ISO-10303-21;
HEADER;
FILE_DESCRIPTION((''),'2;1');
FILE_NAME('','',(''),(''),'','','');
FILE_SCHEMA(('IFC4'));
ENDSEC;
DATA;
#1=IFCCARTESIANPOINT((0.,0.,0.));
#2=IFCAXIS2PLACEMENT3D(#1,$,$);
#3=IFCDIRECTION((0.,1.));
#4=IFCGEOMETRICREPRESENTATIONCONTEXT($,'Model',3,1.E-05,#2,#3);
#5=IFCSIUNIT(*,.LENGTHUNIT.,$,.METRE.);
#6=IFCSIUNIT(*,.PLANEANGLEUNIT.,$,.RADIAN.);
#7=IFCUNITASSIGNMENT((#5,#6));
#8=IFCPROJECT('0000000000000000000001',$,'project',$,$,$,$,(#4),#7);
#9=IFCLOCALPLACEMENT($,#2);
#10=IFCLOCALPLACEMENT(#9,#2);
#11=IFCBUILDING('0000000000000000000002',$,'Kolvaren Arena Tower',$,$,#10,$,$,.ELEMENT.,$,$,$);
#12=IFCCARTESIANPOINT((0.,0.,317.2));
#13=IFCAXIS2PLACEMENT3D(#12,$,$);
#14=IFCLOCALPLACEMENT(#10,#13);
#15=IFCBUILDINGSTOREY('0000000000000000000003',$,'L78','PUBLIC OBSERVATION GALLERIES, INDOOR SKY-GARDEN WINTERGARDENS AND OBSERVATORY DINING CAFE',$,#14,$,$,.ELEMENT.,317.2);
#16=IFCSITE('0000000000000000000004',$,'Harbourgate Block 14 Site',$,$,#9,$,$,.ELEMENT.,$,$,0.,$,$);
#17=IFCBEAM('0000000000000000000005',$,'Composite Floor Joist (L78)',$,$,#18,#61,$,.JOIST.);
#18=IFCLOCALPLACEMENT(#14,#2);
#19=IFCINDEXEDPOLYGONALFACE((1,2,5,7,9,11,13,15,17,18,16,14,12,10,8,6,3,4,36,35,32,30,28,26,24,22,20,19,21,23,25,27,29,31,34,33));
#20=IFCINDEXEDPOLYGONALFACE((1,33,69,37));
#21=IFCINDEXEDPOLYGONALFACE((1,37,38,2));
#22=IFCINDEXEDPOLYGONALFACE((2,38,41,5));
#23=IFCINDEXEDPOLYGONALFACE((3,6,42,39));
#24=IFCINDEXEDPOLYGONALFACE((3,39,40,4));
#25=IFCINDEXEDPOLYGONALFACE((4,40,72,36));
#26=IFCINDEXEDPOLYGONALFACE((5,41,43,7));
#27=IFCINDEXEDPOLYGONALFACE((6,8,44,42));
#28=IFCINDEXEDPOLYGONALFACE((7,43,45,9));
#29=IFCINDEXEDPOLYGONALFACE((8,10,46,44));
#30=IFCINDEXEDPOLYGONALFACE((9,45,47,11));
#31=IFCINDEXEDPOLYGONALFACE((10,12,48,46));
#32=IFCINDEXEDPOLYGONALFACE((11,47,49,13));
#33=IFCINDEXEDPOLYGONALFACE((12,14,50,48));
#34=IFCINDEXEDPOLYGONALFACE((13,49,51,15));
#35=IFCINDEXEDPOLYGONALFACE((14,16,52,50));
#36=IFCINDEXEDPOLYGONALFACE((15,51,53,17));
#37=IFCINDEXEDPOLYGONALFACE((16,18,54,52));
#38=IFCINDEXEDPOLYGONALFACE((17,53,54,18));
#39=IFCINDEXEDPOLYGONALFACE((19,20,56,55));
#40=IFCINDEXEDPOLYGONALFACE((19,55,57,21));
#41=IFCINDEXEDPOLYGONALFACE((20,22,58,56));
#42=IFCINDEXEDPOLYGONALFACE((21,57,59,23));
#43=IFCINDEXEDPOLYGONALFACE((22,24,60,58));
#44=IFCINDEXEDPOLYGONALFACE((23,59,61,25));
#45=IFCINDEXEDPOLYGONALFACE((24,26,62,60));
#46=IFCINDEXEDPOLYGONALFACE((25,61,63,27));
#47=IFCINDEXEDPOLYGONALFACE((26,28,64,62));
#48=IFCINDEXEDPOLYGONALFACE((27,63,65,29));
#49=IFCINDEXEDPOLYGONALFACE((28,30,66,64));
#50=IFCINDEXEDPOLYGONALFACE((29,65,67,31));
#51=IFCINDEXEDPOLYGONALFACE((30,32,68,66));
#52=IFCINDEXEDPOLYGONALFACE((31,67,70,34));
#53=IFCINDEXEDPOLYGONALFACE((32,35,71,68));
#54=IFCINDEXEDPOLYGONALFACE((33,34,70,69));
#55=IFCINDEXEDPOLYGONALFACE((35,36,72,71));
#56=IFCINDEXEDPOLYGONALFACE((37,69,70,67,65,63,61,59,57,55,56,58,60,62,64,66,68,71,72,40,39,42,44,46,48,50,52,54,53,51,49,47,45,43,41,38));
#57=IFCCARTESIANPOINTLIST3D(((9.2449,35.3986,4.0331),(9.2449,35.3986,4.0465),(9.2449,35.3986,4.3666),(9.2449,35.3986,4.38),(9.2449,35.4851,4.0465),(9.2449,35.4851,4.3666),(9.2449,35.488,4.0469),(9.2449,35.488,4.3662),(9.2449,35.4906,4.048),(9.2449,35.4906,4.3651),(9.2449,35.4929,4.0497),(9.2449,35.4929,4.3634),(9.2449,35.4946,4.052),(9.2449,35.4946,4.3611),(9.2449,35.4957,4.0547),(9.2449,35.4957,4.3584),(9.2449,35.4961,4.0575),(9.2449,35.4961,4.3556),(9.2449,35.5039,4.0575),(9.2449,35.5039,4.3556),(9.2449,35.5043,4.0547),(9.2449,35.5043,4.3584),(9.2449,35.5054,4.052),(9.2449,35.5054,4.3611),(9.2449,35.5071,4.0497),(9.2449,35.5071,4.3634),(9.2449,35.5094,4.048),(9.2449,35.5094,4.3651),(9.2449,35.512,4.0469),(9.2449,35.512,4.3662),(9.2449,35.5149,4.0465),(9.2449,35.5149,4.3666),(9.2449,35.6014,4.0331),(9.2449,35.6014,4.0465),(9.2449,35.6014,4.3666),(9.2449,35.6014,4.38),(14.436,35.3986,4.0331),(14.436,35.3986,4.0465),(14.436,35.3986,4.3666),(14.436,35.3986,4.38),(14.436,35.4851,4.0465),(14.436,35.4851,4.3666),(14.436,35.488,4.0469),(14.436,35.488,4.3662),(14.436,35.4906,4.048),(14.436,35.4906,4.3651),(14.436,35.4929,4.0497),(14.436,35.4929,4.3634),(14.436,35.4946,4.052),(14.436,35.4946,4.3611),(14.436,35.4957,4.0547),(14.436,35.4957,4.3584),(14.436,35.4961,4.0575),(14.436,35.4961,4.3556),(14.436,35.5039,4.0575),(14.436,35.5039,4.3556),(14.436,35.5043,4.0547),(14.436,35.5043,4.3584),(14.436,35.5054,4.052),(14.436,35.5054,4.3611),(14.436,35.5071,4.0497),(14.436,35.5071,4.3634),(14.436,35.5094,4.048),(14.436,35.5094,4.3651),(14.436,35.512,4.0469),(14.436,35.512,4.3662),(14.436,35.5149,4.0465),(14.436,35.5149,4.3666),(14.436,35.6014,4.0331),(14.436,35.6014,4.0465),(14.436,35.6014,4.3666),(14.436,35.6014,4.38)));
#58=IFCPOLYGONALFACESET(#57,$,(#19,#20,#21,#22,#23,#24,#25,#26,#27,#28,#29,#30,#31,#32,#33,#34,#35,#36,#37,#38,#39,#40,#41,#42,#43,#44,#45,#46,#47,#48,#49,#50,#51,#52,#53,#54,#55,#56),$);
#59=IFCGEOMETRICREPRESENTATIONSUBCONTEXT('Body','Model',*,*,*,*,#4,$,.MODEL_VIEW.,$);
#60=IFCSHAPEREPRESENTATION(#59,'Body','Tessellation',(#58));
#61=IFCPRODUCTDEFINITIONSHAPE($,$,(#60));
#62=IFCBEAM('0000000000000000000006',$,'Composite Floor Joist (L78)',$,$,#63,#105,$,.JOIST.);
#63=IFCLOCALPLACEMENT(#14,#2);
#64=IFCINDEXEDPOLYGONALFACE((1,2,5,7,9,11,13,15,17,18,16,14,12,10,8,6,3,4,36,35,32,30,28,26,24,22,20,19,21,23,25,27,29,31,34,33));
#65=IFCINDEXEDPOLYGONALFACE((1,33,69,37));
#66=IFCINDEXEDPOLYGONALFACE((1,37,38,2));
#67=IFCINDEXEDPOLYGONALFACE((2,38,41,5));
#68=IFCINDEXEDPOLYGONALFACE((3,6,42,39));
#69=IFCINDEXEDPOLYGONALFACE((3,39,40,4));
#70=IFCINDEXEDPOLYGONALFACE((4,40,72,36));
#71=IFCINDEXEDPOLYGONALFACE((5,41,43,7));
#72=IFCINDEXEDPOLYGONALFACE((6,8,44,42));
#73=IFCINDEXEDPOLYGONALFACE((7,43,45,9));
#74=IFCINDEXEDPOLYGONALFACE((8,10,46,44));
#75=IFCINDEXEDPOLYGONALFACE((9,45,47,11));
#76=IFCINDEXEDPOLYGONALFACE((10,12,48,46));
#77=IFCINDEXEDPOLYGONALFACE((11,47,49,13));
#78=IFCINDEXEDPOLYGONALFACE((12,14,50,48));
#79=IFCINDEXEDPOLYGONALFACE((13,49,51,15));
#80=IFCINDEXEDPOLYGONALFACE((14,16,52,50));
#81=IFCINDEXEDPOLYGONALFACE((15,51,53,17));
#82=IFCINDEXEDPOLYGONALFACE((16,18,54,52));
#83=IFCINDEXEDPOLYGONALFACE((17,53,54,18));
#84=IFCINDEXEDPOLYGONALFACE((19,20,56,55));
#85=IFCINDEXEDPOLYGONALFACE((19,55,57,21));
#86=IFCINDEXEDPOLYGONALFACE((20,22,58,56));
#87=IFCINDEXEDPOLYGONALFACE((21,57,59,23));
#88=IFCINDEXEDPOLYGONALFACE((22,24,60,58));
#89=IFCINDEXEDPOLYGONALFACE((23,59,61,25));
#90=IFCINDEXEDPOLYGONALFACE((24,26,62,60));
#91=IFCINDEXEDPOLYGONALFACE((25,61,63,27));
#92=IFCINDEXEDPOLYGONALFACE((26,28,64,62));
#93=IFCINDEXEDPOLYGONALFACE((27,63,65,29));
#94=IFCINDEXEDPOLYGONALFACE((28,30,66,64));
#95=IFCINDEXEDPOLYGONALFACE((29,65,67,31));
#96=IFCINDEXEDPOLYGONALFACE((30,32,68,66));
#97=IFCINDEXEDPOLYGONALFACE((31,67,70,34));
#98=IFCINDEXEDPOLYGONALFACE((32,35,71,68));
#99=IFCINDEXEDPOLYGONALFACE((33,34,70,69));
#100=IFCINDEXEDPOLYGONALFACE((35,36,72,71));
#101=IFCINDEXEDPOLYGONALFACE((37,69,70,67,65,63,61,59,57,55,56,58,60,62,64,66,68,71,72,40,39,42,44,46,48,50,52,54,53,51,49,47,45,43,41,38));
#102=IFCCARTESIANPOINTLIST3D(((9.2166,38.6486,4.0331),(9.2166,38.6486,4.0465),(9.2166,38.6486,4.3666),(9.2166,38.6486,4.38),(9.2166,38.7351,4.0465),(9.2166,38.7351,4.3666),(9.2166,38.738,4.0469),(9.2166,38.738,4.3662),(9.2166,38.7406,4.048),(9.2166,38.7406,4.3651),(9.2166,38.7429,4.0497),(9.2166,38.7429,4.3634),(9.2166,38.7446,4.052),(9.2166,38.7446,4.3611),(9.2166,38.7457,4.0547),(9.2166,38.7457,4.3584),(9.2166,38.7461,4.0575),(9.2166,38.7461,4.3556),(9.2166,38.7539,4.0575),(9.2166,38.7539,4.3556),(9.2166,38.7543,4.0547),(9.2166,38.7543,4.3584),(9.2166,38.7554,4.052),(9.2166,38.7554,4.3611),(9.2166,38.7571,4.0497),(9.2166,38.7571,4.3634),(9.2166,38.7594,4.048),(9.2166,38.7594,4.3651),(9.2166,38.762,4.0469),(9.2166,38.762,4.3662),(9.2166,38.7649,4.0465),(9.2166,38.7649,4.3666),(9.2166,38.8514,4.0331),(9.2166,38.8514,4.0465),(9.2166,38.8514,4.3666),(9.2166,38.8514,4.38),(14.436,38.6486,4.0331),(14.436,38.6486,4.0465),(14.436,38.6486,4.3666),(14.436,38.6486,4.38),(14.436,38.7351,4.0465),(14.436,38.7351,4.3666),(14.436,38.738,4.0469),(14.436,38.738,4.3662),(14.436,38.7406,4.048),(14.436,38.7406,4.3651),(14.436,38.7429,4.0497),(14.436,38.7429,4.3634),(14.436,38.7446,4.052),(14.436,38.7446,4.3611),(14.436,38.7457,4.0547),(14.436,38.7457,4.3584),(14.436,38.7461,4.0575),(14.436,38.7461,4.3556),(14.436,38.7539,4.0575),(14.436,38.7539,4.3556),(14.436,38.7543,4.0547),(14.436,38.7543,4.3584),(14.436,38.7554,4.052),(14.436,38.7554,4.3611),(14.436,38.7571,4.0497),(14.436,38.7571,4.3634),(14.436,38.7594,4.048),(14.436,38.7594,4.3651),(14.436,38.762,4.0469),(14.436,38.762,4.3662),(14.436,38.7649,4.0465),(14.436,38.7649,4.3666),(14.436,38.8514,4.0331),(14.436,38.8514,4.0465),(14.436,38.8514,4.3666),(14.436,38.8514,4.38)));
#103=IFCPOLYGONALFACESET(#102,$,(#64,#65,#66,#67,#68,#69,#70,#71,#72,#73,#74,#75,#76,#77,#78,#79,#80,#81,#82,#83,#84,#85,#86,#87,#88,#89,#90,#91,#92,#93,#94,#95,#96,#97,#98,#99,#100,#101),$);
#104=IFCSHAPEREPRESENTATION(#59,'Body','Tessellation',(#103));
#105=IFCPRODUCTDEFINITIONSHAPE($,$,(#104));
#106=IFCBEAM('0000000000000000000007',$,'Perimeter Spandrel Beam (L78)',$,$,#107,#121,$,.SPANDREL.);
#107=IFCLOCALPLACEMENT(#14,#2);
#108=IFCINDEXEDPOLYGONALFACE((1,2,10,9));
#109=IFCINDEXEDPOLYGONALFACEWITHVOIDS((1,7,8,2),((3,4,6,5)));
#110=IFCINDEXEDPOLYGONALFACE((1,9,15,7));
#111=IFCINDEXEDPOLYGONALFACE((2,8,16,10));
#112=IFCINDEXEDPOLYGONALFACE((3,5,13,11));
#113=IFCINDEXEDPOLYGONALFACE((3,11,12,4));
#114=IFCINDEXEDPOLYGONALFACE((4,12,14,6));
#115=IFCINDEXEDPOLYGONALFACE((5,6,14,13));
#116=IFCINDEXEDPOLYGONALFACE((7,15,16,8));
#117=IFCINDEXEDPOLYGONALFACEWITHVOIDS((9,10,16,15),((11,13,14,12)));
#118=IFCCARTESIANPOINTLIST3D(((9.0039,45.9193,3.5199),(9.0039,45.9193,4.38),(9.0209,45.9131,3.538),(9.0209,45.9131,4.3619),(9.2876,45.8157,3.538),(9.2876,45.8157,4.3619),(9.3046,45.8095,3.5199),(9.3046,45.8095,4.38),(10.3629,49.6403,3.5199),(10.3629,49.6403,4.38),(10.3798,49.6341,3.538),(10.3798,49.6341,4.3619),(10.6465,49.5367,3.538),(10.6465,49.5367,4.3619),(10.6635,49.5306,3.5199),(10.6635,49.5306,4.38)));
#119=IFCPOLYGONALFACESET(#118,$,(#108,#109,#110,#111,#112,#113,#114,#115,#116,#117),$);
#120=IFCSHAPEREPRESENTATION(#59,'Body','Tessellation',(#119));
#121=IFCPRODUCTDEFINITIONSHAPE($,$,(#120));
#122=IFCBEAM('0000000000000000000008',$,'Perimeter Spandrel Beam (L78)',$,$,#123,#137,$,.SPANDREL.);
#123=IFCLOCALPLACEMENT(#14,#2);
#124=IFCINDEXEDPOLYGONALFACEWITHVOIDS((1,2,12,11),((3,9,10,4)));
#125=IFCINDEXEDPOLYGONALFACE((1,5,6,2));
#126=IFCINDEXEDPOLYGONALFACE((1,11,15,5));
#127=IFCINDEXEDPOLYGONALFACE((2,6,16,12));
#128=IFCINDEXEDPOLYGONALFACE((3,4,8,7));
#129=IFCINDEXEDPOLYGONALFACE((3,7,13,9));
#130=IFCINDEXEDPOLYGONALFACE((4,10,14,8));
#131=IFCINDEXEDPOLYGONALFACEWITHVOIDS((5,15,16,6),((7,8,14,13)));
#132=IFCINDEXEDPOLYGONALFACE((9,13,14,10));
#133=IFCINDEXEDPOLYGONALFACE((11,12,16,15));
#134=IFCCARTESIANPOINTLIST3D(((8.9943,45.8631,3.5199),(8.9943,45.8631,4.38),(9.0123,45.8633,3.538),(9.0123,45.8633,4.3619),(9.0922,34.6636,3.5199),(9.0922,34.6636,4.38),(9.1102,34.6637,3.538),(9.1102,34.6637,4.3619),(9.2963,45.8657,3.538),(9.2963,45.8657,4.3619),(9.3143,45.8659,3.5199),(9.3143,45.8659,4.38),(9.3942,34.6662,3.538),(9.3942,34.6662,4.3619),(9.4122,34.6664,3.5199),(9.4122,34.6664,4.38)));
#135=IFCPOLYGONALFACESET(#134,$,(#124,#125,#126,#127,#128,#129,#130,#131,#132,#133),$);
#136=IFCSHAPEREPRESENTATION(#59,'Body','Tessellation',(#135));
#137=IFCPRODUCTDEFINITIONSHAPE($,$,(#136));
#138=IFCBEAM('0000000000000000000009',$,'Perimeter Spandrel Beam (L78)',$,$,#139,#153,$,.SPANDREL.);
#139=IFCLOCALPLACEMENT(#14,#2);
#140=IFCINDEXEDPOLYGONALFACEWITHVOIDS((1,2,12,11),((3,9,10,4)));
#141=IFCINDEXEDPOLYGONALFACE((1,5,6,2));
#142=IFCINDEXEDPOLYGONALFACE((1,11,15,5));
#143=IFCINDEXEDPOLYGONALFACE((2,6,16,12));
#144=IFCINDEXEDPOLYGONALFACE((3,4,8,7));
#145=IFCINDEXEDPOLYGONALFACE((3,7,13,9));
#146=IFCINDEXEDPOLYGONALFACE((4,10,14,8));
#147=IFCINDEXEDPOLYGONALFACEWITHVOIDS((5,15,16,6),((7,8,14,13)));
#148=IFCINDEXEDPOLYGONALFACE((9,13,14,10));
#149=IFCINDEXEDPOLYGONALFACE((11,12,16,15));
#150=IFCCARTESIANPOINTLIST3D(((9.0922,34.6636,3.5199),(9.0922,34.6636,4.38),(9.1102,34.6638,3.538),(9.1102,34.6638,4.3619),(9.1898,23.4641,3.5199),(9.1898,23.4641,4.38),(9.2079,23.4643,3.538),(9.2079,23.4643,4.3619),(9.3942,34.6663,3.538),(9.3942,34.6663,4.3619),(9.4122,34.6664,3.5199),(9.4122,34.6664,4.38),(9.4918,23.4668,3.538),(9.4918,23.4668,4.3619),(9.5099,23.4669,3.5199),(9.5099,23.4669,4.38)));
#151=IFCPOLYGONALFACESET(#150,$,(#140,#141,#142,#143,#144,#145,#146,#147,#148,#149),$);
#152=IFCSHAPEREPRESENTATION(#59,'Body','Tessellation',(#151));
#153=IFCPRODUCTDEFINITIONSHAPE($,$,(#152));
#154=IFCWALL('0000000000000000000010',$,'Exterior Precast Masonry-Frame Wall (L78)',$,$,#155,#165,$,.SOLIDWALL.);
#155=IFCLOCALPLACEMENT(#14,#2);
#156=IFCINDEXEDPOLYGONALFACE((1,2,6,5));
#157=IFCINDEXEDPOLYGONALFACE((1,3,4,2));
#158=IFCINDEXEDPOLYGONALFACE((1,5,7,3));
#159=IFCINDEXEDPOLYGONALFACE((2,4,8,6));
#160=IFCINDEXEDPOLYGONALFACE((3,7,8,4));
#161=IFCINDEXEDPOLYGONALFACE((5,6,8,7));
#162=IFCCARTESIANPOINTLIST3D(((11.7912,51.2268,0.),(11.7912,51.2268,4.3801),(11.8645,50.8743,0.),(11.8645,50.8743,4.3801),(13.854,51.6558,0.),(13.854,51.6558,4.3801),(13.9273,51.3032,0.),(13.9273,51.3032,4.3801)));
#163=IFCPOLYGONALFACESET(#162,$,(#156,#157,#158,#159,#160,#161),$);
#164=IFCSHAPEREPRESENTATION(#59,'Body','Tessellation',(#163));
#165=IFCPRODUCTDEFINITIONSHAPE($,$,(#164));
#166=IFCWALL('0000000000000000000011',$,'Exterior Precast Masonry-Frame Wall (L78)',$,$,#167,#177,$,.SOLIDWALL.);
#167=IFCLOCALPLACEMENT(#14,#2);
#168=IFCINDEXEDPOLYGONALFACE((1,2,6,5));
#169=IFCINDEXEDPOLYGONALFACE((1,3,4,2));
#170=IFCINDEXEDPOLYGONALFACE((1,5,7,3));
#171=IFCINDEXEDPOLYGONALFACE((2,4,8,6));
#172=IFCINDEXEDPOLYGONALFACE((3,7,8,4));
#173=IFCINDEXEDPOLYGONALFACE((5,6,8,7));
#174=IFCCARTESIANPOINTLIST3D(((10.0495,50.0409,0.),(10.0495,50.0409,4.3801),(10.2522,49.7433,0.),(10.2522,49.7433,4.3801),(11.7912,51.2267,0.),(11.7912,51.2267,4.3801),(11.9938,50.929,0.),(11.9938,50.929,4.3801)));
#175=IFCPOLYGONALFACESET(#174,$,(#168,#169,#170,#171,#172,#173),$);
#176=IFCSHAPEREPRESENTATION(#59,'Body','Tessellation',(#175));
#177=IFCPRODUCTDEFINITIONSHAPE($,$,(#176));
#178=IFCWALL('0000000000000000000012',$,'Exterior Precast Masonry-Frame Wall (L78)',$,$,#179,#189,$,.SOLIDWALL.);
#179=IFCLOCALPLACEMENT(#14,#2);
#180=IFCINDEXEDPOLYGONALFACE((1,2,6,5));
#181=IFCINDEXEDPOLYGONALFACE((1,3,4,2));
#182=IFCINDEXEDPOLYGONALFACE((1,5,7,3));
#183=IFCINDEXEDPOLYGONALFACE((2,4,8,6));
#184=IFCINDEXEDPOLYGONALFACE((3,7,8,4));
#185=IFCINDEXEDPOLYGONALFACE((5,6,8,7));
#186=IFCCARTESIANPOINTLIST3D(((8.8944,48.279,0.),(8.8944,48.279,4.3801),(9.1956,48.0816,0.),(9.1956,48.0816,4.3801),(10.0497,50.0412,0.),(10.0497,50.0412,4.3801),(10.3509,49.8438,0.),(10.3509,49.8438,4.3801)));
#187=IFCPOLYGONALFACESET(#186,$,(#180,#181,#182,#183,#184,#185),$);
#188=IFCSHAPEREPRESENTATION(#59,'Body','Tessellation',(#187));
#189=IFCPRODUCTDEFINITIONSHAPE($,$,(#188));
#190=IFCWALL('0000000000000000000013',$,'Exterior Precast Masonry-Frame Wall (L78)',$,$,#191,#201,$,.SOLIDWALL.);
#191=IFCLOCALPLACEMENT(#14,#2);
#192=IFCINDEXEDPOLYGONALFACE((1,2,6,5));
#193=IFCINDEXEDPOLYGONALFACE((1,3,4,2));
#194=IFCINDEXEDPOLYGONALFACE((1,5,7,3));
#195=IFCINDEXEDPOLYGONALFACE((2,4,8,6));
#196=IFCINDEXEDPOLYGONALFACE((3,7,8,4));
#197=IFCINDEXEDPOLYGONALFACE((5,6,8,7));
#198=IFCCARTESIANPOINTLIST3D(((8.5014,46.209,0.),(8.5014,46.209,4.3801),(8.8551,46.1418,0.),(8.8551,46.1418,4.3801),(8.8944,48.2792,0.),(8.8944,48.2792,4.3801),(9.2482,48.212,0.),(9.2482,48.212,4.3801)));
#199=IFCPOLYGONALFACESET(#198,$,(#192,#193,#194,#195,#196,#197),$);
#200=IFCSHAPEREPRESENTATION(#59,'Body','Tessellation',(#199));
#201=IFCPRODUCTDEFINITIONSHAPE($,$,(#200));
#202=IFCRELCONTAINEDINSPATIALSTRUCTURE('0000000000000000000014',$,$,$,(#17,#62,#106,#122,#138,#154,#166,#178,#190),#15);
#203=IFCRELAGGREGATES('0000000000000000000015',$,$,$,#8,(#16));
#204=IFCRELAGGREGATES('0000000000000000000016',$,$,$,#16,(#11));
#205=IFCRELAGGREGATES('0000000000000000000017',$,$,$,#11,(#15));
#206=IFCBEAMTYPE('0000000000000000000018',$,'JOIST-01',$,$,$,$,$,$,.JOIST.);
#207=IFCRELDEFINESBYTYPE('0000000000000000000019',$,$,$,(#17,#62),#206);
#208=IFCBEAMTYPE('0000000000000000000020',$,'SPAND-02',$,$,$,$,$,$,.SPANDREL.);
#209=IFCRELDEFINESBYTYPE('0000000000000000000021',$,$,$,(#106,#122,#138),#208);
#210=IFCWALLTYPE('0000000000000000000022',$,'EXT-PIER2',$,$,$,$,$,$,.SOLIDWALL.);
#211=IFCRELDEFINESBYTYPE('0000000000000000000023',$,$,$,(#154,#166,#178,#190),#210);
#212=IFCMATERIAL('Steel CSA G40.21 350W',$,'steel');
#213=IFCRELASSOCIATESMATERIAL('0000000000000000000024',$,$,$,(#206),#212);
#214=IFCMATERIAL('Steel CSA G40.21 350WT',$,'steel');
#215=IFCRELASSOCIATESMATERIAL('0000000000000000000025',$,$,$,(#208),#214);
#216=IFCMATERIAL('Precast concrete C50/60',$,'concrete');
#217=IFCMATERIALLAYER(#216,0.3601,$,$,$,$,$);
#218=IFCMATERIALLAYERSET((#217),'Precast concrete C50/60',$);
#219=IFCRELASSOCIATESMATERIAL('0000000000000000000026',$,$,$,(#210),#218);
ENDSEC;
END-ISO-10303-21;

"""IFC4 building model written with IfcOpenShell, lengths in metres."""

from ifc_helpers import new_model, si_unit, direction, frame, frame_2d, origin, origin_2d, place, context, subcontext, project, spatial, rectangle, hollow_rectangle, i_section, extrude, material, layer, layer_set, material_profile, profile_set, type_object, element, save


model = new_model("IFC4")

# Units and contexts
model_context = context("Model", 3, precision=1e-05, world=origin(), true_north=direction((0.0, 1.0)))
body_context = subcontext(model_context, "Body", "Model", "MODEL_VIEW")
ifc_project = project(units=[si_unit("LENGTHUNIT", "METRE"), si_unit("PLANEANGLEUNIT", "RADIAN")], contexts=[model_context])

# Site, building, storey
site_placement = place(None, origin())
site = spatial("IfcSite", under=ifc_project, at=site_placement, Name="Harbourgate Block 14 Site", CompositionType="ELEMENT", RefElevation=0.0)
building_placement = place(site_placement, origin())
building = spatial("IfcBuilding", under=site, at=building_placement, Name="Kolvaren Arena Tower", CompositionType="ELEMENT")
storey_placement = place(building_placement, frame((0.0, 0.0, 317.2)))
storey = spatial("IfcBuildingStorey", under=building, at=storey_placement, Name="L78", Description="PUBLIC OBSERVATION GALLERIES, INDOOR SKY-GARDEN WINTERGARDENS AND OBSERVATORY DINING CAFE", CompositionType="ELEMENT", Elevation=317.2)

# Shared definitions
ifc_material_1 = material(Name="Precast concrete C50/60", Category="concrete")

# Beams
ifc_material_2 = material(Name="Steel CSA G40.21 350W", Category="steel")
ifc_material_profile_1 = material_profile(ifc_material_2, i_section(OverallWidth=0.2029, OverallDepth=0.3469, WebThickness=0.0078, FlangeThickness=0.0134, FilletRadius=0.011, at=origin_2d()), Name="W360x64")
ifc_profile_set_1 = profile_set([ifc_material_profile_1], Name="Steel CSA G40.21 350W")
beam_type_1 = type_object("IfcBeamType", Name="JOIST-01", PredefinedType="JOIST", material=ifc_profile_set_1)
beam_1_placement = place(storey_placement, frame((9.2449, 35.5, 4.2065), z_axis=(1.0, 0.0, 0.0), x_axis=(0.0, 1.0, 0.0)))
element("IfcBeam", 1, at=beam_1_placement, inside=storey, type_object=beam_type_1, Name="Composite Floor Joist (L78)", PredefinedType="JOIST", context=body_context, shape_type="SweptSolid", body=[
    extrude(i_section(OverallWidth=0.2029, OverallDepth=0.3469, WebThickness=0.0078, FlangeThickness=0.0134, FilletRadius=0.011, at=origin_2d()), origin(), (0.0, 0.0, 1.0), 5.1912),
])
beam_2_placement = place(storey_placement, frame((9.2166, 38.75, 4.2065), z_axis=(1.0, 0.0, 0.0), x_axis=(0.0, 1.0, 0.0)))
element("IfcBeam", 2, at=beam_2_placement, inside=storey, type_object=beam_type_1, Name="Composite Floor Joist (L78)", PredefinedType="JOIST", context=body_context, shape_type="SweptSolid", body=[
    extrude(i_section(OverallWidth=0.2029, OverallDepth=0.3469, WebThickness=0.0078, FlangeThickness=0.0134, FilletRadius=0.011, at=origin_2d()), origin(), (0.0, 0.0, 1.0), 5.2195),
])
ifc_material_3 = material(Name="Steel CSA G40.21 350WT", Category="steel")
ifc_material_profile_2 = material_profile(ifc_material_3, hollow_rectangle(XDim=0.3201, YDim=0.8601, WallThickness=0.0181, at=origin_2d()), Name="HSS 860x320x18")
ifc_profile_set_2 = profile_set([ifc_material_profile_2], Name="Steel CSA G40.21 350WT")
beam_type_2 = type_object("IfcBeamType", Name="SPAND-02", PredefinedType="SPANDREL", material=ifc_profile_set_2)
beam_3_placement = place(storey_placement, frame((10.5132, 49.5854, 3.95), z_axis=(-0.343039, -0.939321, 0.0), x_axis=(0.939321, -0.343039, 0.0)))
element("IfcBeam", 3, at=beam_3_placement, inside=storey, type_object=beam_type_2, Name="Perimeter Spandrel Beam (L78)", PredefinedType="SPANDREL", context=body_context, shape_type="SweptSolid", body=[
    extrude(hollow_rectangle(XDim=0.3201, YDim=0.8601, WallThickness=0.0181, at=origin_2d()), origin(), (0.0, 0.0, 1.0), 3.9614),
])
for number, where, z_axis, x_axis, name in (
    (4, (9.1543, 45.8645, 3.95), (0.008741, -0.999962, 0.0), (0.999962, 0.008741, 0.0), "Perimeter Spandrel Beam (L78)"),
    (5, (9.2522, 34.665, 3.95), (0.008719, -0.999962, 0.0), (0.999962, 0.008719, 0.0), "Perimeter Spandrel Beam (L78)"),
):
    element("IfcBeam", number, at=place(storey_placement, frame(where, z_axis=z_axis, x_axis=x_axis)), inside=storey, type_object=beam_type_2, Name=name, PredefinedType="SPANDREL", context=body_context, shape_type="SweptSolid", body=[
        extrude(hollow_rectangle(XDim=0.3201, YDim=0.8601, WallThickness=0.0181, at=origin_2d()), origin(), (0.0, 0.0, 1.0), 11.2),
    ])

# Walls
ifc_layer = layer(ifc_material_1, 0.3601)
ifc_layer_set = layer_set([ifc_layer], Name="Precast concrete C50/60")
wall_type = type_object("IfcWallType", Name="EXT-PIER2", PredefinedType="SOLIDWALL", material=ifc_layer_set)
for number, where, z_axis, x_axis, name in (
    (6, (11.8279, 51.0505, 0.0), (0.0, 0.0, 1.0), (0.979055, 0.203598, 0.0), "Exterior Precast Masonry-Frame Wall (L78)"),
    (7, (10.1509, 49.8921, 0.0), (0.0, 0.0, 1.0), (0.82661, 0.562776, 0.0), "Exterior Precast Masonry-Frame Wall (L78)"),
):
    element("IfcWall", number, at=place(storey_placement, frame(where, z_axis=z_axis, x_axis=x_axis)), inside=storey, type_object=wall_type, Name=name, PredefinedType="SOLIDWALL", context=body_context, shape_type="SweptSolid", body=[
        extrude(rectangle(XDim=2.1069, YDim=0.3601, at=frame_2d((1.0535, 0.0))), origin(), (0.0, 0.0, 1.0), 4.3801),
    ])
for number, where, z_axis, x_axis, name in (
    (8, (9.0449, 48.1802, 0.0), (0.0, 0.0, 1.0), (0.548267, 0.836304, 0.0), "Exterior Precast Masonry-Frame Wall (L78)"),
    (9, (8.6782, 46.1753, 0.0), (0.0, 0.0, 1.0), (0.186548, 0.982446, 0.0), "Exterior Precast Masonry-Frame Wall (L78)"),
):
    element("IfcWall", number, at=place(storey_placement, frame(where, z_axis=z_axis, x_axis=x_axis)), inside=storey, type_object=wall_type, Name=name, PredefinedType="SOLIDWALL", context=body_context, shape_type="SweptSolid", body=[
        extrude(rectangle(XDim=2.1072, YDim=0.3601, at=frame_2d((1.0537, 0.0))), origin(), (0.0, 0.0, 1.0), 4.3801),
    ])

save(model, "model.ifc")
